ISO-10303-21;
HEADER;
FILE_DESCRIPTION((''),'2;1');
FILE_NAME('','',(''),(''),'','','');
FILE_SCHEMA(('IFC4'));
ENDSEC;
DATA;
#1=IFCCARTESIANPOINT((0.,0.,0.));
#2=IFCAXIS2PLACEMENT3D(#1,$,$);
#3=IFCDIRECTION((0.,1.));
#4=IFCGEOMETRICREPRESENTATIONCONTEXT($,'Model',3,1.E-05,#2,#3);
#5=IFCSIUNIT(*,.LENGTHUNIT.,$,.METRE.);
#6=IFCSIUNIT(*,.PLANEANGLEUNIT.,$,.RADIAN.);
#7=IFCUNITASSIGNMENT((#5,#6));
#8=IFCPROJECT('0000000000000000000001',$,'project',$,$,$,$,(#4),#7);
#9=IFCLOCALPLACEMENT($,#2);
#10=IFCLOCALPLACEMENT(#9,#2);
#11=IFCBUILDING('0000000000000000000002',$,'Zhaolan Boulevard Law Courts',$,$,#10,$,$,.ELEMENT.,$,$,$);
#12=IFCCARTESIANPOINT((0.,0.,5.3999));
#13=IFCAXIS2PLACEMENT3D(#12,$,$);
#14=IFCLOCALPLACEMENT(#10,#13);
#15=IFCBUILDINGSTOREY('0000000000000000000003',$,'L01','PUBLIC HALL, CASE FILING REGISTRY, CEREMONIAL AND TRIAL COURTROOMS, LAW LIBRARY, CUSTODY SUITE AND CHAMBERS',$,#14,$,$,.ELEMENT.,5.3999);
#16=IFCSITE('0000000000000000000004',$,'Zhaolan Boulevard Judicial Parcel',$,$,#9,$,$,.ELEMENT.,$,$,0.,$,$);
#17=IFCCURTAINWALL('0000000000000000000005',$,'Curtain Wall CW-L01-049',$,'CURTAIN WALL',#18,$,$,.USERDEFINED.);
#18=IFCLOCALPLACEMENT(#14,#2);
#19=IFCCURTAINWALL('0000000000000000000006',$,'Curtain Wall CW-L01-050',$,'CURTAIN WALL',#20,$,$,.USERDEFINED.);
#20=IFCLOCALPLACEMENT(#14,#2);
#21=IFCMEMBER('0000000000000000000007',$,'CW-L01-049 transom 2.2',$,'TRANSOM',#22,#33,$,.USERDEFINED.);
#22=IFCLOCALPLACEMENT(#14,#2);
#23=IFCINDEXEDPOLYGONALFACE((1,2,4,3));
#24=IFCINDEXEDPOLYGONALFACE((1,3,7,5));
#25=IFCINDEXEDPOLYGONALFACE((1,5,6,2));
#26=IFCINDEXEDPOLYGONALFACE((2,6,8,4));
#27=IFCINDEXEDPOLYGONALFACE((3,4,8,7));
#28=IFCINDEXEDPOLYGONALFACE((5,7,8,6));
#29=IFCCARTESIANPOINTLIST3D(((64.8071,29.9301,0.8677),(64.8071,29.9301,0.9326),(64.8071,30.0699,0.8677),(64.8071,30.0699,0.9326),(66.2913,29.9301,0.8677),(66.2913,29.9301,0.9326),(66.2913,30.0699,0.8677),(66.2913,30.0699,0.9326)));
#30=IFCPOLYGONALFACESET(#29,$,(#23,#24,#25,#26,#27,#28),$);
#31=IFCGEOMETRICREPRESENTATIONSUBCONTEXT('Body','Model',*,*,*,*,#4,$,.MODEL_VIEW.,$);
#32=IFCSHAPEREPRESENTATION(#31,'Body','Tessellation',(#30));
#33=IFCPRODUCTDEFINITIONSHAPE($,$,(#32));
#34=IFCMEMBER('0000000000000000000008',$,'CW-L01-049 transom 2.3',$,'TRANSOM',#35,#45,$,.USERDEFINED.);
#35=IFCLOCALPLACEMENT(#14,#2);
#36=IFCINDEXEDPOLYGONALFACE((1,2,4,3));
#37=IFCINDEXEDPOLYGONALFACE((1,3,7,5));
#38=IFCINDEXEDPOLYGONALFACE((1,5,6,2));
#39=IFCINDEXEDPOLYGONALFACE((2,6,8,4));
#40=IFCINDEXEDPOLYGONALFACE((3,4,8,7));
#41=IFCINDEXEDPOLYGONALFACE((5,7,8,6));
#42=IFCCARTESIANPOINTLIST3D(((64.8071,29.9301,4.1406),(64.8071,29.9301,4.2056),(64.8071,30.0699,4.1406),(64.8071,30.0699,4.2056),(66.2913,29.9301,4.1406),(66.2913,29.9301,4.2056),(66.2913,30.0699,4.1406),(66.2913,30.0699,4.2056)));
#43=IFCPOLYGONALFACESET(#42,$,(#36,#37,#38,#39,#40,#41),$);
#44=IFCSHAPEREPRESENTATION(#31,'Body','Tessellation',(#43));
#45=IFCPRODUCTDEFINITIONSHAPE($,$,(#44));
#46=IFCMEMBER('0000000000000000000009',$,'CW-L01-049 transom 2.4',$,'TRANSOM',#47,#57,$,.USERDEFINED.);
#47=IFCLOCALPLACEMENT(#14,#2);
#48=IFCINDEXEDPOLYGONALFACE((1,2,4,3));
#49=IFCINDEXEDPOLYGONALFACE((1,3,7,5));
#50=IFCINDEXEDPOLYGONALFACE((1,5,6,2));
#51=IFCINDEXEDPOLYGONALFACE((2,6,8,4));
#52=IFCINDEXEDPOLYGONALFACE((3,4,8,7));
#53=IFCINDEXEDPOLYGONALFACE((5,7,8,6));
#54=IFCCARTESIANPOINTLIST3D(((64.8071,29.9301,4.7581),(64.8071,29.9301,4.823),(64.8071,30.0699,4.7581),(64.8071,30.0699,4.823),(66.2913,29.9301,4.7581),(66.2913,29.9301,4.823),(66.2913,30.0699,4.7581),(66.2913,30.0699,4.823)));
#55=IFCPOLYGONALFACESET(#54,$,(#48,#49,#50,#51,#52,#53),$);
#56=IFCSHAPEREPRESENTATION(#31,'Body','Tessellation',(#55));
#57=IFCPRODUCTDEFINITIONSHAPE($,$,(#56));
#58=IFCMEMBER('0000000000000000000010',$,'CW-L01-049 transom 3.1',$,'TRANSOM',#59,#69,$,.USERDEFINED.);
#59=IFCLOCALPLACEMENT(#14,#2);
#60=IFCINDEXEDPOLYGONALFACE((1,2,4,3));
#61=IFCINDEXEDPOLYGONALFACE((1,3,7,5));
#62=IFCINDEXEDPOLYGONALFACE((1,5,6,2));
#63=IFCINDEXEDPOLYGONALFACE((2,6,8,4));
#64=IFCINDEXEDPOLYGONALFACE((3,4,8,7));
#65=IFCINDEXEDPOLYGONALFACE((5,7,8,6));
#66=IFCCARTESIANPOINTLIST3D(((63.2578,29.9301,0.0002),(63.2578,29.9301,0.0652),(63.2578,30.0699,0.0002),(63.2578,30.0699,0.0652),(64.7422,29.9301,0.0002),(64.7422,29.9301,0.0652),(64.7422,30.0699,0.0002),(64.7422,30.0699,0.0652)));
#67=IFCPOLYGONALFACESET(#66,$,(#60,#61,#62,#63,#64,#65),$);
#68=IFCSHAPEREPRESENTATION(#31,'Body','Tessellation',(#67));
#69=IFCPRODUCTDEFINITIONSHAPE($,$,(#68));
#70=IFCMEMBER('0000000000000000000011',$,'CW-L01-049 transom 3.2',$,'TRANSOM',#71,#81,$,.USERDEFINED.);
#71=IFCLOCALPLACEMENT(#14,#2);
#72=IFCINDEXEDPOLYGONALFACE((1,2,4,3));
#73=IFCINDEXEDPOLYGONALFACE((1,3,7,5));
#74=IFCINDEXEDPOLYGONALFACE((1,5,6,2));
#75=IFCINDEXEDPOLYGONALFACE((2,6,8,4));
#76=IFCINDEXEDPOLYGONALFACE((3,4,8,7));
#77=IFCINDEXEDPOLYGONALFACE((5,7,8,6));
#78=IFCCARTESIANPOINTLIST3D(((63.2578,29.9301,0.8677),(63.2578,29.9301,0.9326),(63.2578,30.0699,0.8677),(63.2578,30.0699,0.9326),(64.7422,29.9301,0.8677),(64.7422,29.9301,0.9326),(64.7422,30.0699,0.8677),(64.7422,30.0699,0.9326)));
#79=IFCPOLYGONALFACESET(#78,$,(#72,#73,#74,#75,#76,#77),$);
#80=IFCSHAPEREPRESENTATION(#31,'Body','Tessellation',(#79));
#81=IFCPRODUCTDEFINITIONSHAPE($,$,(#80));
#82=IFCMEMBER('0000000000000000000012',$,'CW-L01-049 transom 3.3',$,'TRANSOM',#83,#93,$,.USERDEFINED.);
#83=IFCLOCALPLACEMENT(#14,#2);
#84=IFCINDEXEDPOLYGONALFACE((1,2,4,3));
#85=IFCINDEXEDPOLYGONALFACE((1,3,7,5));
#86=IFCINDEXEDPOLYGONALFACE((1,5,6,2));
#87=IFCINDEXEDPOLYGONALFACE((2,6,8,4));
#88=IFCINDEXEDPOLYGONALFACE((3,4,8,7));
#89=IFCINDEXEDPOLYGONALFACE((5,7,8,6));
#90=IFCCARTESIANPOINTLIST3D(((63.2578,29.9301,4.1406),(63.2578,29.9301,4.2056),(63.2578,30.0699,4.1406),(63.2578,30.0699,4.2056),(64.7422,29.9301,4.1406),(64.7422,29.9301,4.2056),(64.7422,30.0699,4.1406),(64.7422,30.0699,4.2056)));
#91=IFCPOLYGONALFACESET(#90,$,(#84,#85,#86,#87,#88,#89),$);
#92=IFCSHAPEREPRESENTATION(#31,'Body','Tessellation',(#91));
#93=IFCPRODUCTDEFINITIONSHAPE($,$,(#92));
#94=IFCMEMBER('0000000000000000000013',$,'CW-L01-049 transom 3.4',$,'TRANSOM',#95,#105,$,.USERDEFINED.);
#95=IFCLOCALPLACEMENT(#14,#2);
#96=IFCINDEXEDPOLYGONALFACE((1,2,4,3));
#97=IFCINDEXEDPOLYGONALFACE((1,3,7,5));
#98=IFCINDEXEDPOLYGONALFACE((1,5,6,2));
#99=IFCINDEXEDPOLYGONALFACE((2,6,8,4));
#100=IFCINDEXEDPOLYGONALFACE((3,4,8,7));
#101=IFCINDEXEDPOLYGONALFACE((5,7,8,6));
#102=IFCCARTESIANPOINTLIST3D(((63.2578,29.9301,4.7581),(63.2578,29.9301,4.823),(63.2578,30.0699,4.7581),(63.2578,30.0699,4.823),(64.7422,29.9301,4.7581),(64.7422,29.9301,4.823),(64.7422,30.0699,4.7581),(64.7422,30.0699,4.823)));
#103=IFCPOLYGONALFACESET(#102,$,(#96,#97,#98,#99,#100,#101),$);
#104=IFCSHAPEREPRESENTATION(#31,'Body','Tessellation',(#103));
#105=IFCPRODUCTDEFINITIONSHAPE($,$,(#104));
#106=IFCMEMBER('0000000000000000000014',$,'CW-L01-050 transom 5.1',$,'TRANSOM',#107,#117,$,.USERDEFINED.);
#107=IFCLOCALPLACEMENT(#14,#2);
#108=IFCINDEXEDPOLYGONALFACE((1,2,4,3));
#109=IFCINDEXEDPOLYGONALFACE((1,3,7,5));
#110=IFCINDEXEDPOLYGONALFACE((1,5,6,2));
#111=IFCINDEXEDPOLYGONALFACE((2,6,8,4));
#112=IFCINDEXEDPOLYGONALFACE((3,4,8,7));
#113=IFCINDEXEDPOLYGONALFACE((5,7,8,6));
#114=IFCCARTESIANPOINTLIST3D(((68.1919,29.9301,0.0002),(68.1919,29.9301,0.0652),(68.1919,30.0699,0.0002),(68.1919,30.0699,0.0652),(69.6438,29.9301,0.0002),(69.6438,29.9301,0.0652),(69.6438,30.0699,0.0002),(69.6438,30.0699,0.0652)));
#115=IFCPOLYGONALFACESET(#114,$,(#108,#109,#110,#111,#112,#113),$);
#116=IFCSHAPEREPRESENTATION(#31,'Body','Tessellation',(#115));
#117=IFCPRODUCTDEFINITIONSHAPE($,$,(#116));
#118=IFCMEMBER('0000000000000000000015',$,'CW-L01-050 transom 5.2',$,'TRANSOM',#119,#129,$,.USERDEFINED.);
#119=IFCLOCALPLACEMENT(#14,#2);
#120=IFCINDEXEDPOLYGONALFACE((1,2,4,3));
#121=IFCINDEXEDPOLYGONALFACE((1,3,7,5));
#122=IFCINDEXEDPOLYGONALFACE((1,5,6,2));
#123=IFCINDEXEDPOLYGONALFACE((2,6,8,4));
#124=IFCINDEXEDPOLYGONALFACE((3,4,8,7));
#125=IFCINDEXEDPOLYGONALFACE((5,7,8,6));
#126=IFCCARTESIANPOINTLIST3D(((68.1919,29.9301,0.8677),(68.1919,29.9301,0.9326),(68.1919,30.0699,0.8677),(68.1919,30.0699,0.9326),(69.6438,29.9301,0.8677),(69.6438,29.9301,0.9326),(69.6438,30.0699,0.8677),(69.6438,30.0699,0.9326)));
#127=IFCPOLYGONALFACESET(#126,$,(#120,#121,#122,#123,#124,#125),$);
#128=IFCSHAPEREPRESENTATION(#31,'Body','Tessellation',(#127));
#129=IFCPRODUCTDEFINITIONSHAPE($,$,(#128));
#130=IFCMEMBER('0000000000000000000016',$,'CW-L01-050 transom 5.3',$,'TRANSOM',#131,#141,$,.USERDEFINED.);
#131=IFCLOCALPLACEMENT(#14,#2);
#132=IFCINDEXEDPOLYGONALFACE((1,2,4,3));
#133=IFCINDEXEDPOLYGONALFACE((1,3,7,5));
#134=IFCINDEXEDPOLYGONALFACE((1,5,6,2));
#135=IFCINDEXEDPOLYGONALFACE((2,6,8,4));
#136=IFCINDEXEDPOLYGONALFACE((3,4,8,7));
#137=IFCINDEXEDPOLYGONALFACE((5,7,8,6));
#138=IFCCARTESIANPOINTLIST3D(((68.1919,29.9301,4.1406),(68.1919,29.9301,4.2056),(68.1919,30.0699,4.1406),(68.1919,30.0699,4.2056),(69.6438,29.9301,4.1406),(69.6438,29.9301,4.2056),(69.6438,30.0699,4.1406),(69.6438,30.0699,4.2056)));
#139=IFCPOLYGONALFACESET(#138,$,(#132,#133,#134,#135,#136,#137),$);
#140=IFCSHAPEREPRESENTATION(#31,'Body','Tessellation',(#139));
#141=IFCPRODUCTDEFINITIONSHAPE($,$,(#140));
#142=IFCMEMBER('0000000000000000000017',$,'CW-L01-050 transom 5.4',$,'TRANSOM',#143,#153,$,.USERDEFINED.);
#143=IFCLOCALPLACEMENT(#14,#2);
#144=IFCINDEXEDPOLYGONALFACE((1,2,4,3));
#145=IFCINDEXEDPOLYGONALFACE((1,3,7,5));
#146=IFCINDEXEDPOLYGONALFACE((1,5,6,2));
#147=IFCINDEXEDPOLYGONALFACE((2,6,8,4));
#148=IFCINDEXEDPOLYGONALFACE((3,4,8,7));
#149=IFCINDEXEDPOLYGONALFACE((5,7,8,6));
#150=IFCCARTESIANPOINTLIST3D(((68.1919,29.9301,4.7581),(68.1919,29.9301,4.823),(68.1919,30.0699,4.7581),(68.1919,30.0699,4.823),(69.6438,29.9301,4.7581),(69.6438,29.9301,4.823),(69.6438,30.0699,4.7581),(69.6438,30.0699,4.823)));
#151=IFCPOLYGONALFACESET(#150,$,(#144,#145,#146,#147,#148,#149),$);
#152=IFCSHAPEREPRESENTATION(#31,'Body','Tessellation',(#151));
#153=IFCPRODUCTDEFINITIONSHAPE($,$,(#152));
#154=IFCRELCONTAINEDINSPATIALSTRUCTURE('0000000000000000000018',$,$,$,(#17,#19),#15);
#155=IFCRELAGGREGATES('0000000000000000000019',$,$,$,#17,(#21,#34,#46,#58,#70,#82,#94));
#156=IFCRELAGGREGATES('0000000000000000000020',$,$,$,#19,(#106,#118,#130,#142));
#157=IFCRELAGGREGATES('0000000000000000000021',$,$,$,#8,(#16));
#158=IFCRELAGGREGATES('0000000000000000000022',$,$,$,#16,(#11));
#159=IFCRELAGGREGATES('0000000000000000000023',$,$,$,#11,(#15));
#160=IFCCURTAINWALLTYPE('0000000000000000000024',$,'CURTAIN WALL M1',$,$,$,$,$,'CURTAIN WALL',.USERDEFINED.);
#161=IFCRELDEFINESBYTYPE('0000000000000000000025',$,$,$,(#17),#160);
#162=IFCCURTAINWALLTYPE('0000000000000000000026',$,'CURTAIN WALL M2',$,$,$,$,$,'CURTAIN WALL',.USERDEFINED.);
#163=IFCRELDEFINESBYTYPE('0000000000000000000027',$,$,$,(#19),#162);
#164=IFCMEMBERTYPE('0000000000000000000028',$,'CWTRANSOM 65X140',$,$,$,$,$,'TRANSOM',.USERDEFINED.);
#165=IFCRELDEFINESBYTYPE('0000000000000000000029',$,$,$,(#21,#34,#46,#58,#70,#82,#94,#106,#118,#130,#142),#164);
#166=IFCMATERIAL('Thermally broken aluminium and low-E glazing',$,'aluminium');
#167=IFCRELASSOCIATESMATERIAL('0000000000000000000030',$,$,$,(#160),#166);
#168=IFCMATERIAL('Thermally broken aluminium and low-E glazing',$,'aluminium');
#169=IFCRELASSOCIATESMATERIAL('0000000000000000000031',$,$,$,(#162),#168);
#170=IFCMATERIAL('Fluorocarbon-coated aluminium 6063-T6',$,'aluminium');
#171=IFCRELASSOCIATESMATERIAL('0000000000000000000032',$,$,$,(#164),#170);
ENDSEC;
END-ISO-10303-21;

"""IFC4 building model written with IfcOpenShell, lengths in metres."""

from ifc_helpers import new_model, si_unit, direction, frame, origin, origin_2d, place, context, subcontext, project, spatial, rectangle, extrude, material, material_profile, profile_set, type_object, element, aggregate, save


model = new_model("IFC4")

# Units and contexts
model_context = context("Model", 3, precision=1e-05, world=origin(), true_north=direction((0.0, 1.0)))
body_context = subcontext(model_context, "Body", "Model", "MODEL_VIEW")
ifc_project = project(units=[si_unit("LENGTHUNIT", "METRE"), si_unit("PLANEANGLEUNIT", "RADIAN")], contexts=[model_context])

# Site, building, storey
site_placement = place(None, origin())
site = spatial("IfcSite", under=ifc_project, at=site_placement, Name="Zhaolan Boulevard Judicial Parcel", CompositionType="ELEMENT", RefElevation=0.0)
building_placement = place(site_placement, origin())
building = spatial("IfcBuilding", under=site, at=building_placement, Name="Zhaolan Boulevard Law Courts", CompositionType="ELEMENT")
storey_placement = place(building_placement, frame((0.0, 0.0, 5.3999)))
storey = spatial("IfcBuildingStorey", under=building, at=storey_placement, Name="L01", Description="PUBLIC HALL, CASE FILING REGISTRY, CEREMONIAL AND TRIAL COURTROOMS, LAW LIBRARY, CUSTODY SUITE AND CHAMBERS", CompositionType="ELEMENT", Elevation=5.3999)

# Curtain walls
ifc_material_1 = material(Name="Thermally broken aluminium and low-E glazing", Category="aluminium")
curtain_wall_type_1 = type_object("IfcCurtainWallType", Name="CURTAIN WALL M1", ElementType="CURTAIN WALL", PredefinedType="USERDEFINED", material=ifc_material_1)
curtain_wall_1_placement = place(storey_placement, origin())
curtain_wall_1 = element("IfcCurtainWall", 1, at=curtain_wall_1_placement, inside=storey, type_object=curtain_wall_type_1, Name="Curtain Wall CW-L01-049", ObjectType="CURTAIN WALL", PredefinedType="USERDEFINED")
ifc_material_2 = material(Name="Thermally broken aluminium and low-E glazing", Category="aluminium")
curtain_wall_type_2 = type_object("IfcCurtainWallType", Name="CURTAIN WALL M2", ElementType="CURTAIN WALL", PredefinedType="USERDEFINED", material=ifc_material_2)
curtain_wall_2_placement = place(storey_placement, origin())
curtain_wall_2 = element("IfcCurtainWall", 2, at=curtain_wall_2_placement, inside=storey, type_object=curtain_wall_type_2, Name="Curtain Wall CW-L01-050", ObjectType="CURTAIN WALL", PredefinedType="USERDEFINED")

# Members
ifc_material_3 = material(Name="Fluorocarbon-coated aluminium 6063-T6", Category="aluminium")
ifc_material_profile_1 = material_profile(ifc_material_3, rectangle(XDim=0.1399, YDim=0.0649, at=origin_2d()), Name="AL65x140")
ifc_profile_set_1 = profile_set([ifc_material_profile_1], Name="Fluorocarbon-coated aluminium 6063-T6")
member_type_1 = type_object("IfcMemberType", Name="CWTRANSOM 65X140", ElementType="TRANSOM", PredefinedType="USERDEFINED", material=ifc_profile_set_1)
member_1_placement = place(storey_placement, frame((66.2913, 30.0, 0.9001), z_axis=(-1.0, 0.0, 0.0), x_axis=(0.0, -1.0, 0.0)))
member_1 = element("IfcMember", 3, at=member_1_placement, type_object=member_type_1, Name="CW-L01-049 transom 2.2", ObjectType="TRANSOM", PredefinedType="USERDEFINED", context=body_context, shape_type="SweptSolid", body=[
    extrude(rectangle(XDim=0.1399, YDim=0.0649, at=origin_2d()), origin(), (0.0, 0.0, 1.0), 1.4841),
])
member_2_placement = place(storey_placement, frame((66.2913, 30.0, 4.1731), z_axis=(-1.0, 0.0, 0.0), x_axis=(0.0, -1.0, 0.0)))
member_2 = element("IfcMember", 4, at=member_2_placement, type_object=member_type_1, Name="CW-L01-049 transom 2.3", ObjectType="TRANSOM", PredefinedType="USERDEFINED", context=body_context, shape_type="SweptSolid", body=[
    extrude(rectangle(XDim=0.1399, YDim=0.0649, at=origin_2d()), origin(), (0.0, 0.0, 1.0), 1.4841),
])
member_3_placement = place(storey_placement, frame((66.2913, 30.0, 4.7905), z_axis=(-1.0, 0.0, 0.0), x_axis=(0.0, -1.0, 0.0)))
member_3 = element("IfcMember", 5, at=member_3_placement, type_object=member_type_1, Name="CW-L01-049 transom 2.4", ObjectType="TRANSOM", PredefinedType="USERDEFINED", context=body_context, shape_type="SweptSolid", body=[
    extrude(rectangle(XDim=0.1399, YDim=0.0649, at=origin_2d()), origin(), (0.0, 0.0, 1.0), 1.4841),
])
member_4_placement = place(storey_placement, frame((64.7422, 30.0, 0.0327), z_axis=(-1.0, 0.0, 0.0), x_axis=(0.0, -1.0, 0.0)))
member_4 = element("IfcMember", 6, at=member_4_placement, type_object=member_type_1, Name="CW-L01-049 transom 3.1", ObjectType="TRANSOM", PredefinedType="USERDEFINED", context=body_context, shape_type="SweptSolid", body=[
    extrude(rectangle(XDim=0.1399, YDim=0.0649, at=origin_2d()), origin(), (0.0, 0.0, 1.0), 1.4844),
])
member_5_placement = place(storey_placement, frame((64.7422, 30.0, 0.9001), z_axis=(-1.0, 0.0, 0.0), x_axis=(0.0, -1.0, 0.0)))
member_5 = element("IfcMember", 7, at=member_5_placement, type_object=member_type_1, Name="CW-L01-049 transom 3.2", ObjectType="TRANSOM", PredefinedType="USERDEFINED", context=body_context, shape_type="SweptSolid", body=[
    extrude(rectangle(XDim=0.1399, YDim=0.0649, at=origin_2d()), origin(), (0.0, 0.0, 1.0), 1.4844),
])
member_6_placement = place(storey_placement, frame((64.7422, 30.0, 4.1731), z_axis=(-1.0, 0.0, 0.0), x_axis=(0.0, -1.0, 0.0)))
member_6 = element("IfcMember", 8, at=member_6_placement, type_object=member_type_1, Name="CW-L01-049 transom 3.3", ObjectType="TRANSOM", PredefinedType="USERDEFINED", context=body_context, shape_type="SweptSolid", body=[
    extrude(rectangle(XDim=0.1399, YDim=0.0649, at=origin_2d()), origin(), (0.0, 0.0, 1.0), 1.4844),
])
member_7_placement = place(storey_placement, frame((64.7422, 30.0, 4.7905), z_axis=(-1.0, 0.0, 0.0), x_axis=(0.0, -1.0, 0.0)))
member_7 = element("IfcMember", 9, at=member_7_placement, type_object=member_type_1, Name="CW-L01-049 transom 3.4", ObjectType="TRANSOM", PredefinedType="USERDEFINED", context=body_context, shape_type="SweptSolid", body=[
    extrude(rectangle(XDim=0.1399, YDim=0.0649, at=origin_2d()), origin(), (0.0, 0.0, 1.0), 1.4844),
])
member_8_placement = place(storey_placement, frame((69.6438, 30.0, 0.0327), z_axis=(-1.0, 0.0, 0.0), x_axis=(0.0, -1.0, 0.0)))
member_8 = element("IfcMember", 10, at=member_8_placement, type_object=member_type_1, Name="CW-L01-050 transom 5.1", ObjectType="TRANSOM", PredefinedType="USERDEFINED", context=body_context, shape_type="SweptSolid", body=[
    extrude(rectangle(XDim=0.1399, YDim=0.0649, at=origin_2d()), origin(), (0.0, 0.0, 1.0), 1.4519),
])
member_9_placement = place(storey_placement, frame((69.6438, 30.0, 0.9001), z_axis=(-1.0, 0.0, 0.0), x_axis=(0.0, -1.0, 0.0)))
member_9 = element("IfcMember", 11, at=member_9_placement, type_object=member_type_1, Name="CW-L01-050 transom 5.2", ObjectType="TRANSOM", PredefinedType="USERDEFINED", context=body_context, shape_type="SweptSolid", body=[
    extrude(rectangle(XDim=0.1399, YDim=0.0649, at=origin_2d()), origin(), (0.0, 0.0, 1.0), 1.4519),
])
member_10_placement = place(storey_placement, frame((69.6438, 30.0, 4.1731), z_axis=(-1.0, 0.0, 0.0), x_axis=(0.0, -1.0, 0.0)))
member_10 = element("IfcMember", 12, at=member_10_placement, type_object=member_type_1, Name="CW-L01-050 transom 5.3", ObjectType="TRANSOM", PredefinedType="USERDEFINED", context=body_context, shape_type="SweptSolid", body=[
    extrude(rectangle(XDim=0.1399, YDim=0.0649, at=origin_2d()), origin(), (0.0, 0.0, 1.0), 1.4519),
])
member_11_placement = place(storey_placement, frame((69.6438, 30.0, 4.7905), z_axis=(-1.0, 0.0, 0.0), x_axis=(0.0, -1.0, 0.0)))
member_11 = element("IfcMember", 13, at=member_11_placement, type_object=member_type_1, Name="CW-L01-050 transom 5.4", ObjectType="TRANSOM", PredefinedType="USERDEFINED", context=body_context, shape_type="SweptSolid", body=[
    extrude(rectangle(XDim=0.1399, YDim=0.0649, at=origin_2d()), origin(), (0.0, 0.0, 1.0), 1.4519),
])

aggregate(curtain_wall_1, [member_1, member_2, member_3, member_4, member_5, member_6, member_7])
aggregate(curtain_wall_2, [member_8, member_9, member_10, member_11])

save(model, "model.ifc")
